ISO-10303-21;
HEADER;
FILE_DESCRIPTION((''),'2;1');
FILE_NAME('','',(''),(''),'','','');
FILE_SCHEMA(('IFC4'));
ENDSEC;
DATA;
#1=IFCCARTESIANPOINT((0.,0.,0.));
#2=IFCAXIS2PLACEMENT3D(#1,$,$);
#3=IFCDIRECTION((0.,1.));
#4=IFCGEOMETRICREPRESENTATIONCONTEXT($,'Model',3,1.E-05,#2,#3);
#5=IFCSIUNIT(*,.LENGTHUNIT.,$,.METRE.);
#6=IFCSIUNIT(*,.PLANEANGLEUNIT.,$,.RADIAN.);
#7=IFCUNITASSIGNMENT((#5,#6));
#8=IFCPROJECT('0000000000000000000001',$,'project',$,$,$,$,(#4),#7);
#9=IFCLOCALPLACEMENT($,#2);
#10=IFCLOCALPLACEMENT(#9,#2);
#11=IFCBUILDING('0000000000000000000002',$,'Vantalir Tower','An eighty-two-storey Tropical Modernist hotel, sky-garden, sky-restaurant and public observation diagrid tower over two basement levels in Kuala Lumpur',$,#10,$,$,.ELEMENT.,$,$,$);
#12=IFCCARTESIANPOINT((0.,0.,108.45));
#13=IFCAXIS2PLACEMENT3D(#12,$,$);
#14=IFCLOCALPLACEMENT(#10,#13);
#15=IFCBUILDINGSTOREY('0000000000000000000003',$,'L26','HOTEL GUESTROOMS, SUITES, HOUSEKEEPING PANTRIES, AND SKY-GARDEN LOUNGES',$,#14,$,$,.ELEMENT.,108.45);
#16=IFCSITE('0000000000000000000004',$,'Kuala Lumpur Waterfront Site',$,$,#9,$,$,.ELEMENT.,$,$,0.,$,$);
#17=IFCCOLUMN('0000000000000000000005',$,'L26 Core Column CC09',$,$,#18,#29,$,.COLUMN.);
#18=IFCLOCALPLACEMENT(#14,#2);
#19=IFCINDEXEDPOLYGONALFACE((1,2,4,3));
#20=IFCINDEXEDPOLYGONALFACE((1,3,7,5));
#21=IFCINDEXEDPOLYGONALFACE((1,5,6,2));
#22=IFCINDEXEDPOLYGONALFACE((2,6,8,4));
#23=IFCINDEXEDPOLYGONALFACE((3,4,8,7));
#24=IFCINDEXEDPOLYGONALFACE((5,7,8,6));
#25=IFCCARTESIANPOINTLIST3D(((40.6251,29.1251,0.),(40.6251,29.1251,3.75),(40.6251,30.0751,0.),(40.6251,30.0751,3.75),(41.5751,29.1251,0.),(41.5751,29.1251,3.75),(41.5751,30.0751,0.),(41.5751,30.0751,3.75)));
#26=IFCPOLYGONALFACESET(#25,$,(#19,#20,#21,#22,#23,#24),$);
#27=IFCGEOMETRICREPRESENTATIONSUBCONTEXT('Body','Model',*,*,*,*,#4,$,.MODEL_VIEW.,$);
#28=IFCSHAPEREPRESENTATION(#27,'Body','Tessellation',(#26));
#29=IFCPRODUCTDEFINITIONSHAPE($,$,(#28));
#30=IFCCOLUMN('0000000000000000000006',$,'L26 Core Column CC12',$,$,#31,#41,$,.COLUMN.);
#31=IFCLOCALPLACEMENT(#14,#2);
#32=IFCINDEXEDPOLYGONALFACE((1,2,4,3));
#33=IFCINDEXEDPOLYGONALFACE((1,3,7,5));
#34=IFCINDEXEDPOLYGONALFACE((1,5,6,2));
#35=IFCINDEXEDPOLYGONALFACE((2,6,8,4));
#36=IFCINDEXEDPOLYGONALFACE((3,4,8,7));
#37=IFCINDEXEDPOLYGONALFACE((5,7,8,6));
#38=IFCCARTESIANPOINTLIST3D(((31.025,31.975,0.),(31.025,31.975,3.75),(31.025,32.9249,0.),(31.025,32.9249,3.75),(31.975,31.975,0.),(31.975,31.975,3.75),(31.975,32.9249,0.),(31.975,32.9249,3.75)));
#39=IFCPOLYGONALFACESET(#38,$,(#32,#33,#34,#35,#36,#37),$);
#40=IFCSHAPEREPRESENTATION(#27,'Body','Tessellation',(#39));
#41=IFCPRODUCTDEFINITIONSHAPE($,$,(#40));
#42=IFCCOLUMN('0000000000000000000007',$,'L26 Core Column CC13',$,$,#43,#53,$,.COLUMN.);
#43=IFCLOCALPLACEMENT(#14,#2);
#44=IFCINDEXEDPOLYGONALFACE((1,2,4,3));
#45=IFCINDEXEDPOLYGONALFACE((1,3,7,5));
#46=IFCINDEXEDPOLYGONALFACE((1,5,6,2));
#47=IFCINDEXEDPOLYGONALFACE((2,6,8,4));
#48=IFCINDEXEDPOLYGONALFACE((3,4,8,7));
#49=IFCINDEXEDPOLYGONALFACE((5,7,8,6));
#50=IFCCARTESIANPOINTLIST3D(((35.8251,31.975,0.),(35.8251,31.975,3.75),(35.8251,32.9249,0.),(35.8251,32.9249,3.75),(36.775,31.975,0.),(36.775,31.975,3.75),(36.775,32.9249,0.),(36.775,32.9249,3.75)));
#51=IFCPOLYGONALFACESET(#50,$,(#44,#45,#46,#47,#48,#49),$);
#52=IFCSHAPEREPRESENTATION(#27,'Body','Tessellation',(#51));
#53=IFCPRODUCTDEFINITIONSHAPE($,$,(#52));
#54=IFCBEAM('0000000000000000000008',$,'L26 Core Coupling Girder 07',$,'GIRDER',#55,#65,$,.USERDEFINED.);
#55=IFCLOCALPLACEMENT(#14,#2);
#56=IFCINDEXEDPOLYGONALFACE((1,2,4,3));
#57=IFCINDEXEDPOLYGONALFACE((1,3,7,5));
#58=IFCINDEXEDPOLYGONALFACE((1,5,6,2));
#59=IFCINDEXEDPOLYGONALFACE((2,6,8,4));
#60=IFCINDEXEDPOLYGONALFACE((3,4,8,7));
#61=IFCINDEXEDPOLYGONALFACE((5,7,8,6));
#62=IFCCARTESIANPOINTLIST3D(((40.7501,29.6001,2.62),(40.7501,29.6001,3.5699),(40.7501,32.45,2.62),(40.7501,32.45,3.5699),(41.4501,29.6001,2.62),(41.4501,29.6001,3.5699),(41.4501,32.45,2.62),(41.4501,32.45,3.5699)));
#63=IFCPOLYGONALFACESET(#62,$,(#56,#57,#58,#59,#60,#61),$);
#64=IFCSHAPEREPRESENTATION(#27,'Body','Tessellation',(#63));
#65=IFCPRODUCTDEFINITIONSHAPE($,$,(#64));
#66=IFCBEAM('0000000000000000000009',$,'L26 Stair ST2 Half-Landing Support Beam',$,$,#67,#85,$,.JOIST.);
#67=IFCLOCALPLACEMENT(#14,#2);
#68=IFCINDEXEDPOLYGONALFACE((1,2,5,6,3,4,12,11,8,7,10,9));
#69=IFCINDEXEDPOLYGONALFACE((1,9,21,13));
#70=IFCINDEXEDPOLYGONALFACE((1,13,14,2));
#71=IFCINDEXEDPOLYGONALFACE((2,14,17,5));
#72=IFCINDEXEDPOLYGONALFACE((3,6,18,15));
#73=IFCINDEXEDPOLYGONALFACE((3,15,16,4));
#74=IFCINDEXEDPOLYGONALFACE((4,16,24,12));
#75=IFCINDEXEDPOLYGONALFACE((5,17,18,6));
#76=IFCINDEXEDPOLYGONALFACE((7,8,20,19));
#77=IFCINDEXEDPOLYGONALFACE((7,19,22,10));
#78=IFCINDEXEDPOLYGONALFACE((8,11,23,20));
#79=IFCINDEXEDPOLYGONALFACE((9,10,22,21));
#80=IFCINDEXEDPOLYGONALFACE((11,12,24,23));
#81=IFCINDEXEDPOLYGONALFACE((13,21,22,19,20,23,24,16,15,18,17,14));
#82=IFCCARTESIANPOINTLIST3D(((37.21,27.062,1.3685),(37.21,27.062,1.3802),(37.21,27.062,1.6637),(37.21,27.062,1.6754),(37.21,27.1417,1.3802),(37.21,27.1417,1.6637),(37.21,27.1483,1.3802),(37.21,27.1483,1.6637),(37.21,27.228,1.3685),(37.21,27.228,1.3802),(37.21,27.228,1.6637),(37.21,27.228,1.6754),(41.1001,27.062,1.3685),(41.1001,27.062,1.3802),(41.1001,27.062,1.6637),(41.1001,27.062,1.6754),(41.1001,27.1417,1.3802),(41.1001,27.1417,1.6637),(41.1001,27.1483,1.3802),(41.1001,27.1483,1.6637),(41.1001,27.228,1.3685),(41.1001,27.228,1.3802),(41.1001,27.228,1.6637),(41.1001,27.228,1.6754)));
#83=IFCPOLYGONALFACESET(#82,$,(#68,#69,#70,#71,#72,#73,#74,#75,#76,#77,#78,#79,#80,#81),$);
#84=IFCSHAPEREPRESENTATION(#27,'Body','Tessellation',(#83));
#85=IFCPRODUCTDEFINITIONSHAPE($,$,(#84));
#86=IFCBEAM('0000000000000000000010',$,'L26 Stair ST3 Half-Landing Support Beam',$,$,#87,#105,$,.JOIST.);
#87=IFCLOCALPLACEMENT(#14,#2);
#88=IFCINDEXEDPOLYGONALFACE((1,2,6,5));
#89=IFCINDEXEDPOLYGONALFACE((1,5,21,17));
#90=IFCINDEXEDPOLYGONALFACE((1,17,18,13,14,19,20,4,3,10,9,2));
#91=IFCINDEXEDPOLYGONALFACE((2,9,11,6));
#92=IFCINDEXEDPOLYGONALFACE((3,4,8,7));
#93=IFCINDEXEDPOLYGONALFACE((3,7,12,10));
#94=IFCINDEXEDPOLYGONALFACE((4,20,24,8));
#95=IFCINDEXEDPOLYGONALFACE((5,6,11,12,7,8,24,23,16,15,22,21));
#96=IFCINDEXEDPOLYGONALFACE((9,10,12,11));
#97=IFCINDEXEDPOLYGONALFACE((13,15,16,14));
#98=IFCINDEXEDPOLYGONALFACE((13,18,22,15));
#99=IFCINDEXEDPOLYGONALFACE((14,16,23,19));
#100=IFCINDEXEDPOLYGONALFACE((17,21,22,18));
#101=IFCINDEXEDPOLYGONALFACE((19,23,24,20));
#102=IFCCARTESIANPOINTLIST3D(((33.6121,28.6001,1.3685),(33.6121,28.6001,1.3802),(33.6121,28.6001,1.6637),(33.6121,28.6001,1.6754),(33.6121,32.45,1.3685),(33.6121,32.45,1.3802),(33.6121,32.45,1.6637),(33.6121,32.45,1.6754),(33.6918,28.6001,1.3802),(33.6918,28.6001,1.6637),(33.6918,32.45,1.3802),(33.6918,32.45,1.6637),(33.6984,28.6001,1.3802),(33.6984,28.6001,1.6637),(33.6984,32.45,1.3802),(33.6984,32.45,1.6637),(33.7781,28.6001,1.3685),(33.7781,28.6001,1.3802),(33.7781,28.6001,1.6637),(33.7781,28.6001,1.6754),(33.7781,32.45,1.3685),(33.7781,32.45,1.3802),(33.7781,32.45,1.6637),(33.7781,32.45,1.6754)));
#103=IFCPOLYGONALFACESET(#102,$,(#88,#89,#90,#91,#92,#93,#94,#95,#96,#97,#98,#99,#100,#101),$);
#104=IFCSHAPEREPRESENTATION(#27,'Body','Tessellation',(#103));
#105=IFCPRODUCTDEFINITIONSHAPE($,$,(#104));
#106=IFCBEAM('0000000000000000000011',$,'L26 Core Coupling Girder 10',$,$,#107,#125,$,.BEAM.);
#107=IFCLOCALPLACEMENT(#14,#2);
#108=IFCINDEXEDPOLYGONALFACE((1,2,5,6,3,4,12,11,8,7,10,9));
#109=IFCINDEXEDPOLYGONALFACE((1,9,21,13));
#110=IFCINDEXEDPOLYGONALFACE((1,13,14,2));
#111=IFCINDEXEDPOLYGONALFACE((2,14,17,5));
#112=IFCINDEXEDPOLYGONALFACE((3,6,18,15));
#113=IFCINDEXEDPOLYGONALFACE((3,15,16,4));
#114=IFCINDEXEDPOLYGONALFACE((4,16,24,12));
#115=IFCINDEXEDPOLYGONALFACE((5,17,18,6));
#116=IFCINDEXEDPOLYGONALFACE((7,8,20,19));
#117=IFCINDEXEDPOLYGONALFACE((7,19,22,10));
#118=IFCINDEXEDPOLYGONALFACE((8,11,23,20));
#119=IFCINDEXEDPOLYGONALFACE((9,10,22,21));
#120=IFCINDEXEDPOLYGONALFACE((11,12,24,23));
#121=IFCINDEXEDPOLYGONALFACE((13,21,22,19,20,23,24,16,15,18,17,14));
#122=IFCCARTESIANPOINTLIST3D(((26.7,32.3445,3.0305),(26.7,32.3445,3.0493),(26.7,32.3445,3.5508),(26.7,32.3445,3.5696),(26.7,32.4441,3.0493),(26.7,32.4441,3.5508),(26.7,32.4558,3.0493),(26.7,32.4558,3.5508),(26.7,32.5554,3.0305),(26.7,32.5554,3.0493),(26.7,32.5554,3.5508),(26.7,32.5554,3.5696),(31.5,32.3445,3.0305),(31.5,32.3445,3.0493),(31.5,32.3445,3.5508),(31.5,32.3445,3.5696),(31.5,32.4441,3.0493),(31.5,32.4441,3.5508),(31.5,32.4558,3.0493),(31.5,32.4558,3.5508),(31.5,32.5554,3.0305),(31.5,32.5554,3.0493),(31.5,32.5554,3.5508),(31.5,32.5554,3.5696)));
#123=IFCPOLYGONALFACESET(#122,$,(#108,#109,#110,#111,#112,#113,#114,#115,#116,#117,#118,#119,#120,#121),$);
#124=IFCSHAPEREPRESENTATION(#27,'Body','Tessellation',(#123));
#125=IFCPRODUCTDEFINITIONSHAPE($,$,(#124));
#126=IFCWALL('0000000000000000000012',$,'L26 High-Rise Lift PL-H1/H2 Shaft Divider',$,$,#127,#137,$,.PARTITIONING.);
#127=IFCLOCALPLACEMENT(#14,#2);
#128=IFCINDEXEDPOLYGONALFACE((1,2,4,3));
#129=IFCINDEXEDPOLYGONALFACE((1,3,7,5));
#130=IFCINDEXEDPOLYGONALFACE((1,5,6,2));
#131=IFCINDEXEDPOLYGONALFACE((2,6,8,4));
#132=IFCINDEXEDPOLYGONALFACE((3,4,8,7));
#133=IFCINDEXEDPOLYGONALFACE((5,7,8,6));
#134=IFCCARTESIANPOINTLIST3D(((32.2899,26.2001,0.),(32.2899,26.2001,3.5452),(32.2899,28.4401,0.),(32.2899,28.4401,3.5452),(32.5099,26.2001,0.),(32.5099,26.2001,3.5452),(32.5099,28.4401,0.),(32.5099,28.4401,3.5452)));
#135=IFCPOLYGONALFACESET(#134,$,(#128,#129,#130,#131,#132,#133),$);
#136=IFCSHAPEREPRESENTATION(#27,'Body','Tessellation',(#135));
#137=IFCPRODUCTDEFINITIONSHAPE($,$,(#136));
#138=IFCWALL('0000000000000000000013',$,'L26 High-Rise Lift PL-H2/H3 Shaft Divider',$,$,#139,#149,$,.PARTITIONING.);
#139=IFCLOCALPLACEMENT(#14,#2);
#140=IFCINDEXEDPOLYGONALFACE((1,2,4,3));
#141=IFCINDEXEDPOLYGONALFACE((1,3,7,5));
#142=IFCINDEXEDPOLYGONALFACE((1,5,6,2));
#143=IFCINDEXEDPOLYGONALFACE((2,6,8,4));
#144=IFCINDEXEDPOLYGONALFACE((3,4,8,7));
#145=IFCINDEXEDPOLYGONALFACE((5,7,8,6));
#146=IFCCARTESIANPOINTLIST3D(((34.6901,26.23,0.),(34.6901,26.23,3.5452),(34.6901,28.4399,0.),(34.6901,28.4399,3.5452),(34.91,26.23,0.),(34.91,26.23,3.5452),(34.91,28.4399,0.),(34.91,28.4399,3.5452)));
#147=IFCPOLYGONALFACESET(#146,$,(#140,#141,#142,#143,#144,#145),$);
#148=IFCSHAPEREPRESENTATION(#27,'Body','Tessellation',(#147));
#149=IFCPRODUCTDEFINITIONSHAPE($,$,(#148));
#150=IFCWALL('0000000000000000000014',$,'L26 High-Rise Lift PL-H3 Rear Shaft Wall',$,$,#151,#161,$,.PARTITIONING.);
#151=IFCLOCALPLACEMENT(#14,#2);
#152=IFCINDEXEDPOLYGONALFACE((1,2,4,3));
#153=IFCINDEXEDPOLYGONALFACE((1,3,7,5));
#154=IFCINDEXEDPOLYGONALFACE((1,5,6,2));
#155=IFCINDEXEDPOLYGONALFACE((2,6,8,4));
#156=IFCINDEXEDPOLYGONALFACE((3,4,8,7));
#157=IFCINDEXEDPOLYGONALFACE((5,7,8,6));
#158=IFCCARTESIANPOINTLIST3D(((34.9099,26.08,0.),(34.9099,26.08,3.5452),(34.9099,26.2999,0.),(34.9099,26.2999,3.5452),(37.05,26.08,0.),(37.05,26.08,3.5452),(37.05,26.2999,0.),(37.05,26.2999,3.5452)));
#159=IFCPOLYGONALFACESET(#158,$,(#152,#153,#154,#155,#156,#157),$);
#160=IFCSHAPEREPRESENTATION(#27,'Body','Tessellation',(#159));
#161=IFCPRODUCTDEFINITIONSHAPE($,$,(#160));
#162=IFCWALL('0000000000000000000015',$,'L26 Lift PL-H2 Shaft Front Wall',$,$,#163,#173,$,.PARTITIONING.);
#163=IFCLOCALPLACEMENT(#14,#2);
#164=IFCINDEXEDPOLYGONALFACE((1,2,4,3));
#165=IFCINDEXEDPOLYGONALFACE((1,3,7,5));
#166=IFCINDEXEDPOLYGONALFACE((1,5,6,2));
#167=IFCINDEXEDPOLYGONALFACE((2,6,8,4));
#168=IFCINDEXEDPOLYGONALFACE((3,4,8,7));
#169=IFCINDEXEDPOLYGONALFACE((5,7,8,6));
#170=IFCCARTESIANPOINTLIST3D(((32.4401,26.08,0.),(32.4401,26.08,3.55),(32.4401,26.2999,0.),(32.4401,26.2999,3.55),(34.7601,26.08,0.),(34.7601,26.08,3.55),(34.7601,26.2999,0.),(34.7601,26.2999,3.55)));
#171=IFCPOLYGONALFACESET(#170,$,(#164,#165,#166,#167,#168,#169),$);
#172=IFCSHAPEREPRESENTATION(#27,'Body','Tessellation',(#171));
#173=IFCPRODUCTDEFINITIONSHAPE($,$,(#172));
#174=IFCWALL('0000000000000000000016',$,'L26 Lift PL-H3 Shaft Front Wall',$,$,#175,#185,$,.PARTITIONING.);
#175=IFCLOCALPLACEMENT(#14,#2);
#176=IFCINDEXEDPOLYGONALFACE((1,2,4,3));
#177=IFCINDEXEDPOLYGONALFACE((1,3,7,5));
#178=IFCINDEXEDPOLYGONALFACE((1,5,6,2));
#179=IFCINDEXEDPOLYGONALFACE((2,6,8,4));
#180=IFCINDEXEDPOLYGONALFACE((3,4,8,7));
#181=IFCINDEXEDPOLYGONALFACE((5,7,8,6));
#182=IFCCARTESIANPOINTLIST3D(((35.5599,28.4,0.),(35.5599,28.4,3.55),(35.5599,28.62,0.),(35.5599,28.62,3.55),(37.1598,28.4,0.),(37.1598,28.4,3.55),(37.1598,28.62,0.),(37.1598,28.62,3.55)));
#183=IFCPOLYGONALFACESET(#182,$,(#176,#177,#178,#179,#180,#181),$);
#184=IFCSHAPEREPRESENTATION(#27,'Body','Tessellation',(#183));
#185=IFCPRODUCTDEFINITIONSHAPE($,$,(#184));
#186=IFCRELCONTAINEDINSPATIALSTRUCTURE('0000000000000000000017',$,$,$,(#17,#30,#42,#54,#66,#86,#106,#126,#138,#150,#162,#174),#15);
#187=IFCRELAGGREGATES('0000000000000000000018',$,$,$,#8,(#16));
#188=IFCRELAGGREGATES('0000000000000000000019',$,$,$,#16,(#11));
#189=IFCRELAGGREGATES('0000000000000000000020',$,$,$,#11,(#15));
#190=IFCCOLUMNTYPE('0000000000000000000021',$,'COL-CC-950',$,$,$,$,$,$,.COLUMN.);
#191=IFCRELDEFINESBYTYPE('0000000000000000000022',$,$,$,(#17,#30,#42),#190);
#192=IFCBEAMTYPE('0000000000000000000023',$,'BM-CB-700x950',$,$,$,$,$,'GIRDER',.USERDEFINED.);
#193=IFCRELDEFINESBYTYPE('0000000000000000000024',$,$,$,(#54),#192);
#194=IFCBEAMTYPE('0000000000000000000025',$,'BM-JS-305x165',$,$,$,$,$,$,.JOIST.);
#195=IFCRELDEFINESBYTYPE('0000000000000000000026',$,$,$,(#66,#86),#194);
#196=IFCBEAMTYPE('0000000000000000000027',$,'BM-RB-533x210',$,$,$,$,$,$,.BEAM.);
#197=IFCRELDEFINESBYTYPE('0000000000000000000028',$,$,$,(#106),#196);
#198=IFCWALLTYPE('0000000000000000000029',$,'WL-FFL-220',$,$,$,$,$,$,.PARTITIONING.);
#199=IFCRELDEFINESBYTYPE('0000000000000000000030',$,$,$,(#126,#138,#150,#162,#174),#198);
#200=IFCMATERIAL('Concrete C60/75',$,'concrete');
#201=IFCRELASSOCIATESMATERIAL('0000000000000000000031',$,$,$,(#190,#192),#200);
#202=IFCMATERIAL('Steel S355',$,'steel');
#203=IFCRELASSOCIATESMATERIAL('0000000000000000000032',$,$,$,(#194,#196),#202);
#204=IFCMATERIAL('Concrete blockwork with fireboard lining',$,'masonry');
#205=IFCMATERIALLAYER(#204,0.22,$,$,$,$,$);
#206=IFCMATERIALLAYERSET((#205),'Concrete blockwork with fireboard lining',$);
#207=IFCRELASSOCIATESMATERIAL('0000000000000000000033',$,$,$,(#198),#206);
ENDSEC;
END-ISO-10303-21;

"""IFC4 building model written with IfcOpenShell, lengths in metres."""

from ifc_helpers import new_model, si_unit, direction, frame, frame_2d, origin, origin_2d, place, context, subcontext, project, spatial, rectangle, i_section, extrude, material, layer, layer_set, material_profile, profile_set, type_object, element, save


model = new_model("IFC4")

# Units and contexts
model_context = context("Model", 3, precision=1e-05, world=origin(), true_north=direction((0.0, 1.0)))
body_context = subcontext(model_context, "Body", "Model", "MODEL_VIEW")
ifc_project = project(units=[si_unit("LENGTHUNIT", "METRE"), si_unit("PLANEANGLEUNIT", "RADIAN")], contexts=[model_context])

# Site, building, storey
site_placement = place(None, origin())
site = spatial("IfcSite", under=ifc_project, at=site_placement, Name="Kuala Lumpur Waterfront Site", CompositionType="ELEMENT", RefElevation=0.0)
building_placement = place(site_placement, origin())
building = spatial("IfcBuilding", under=site, at=building_placement, Name="Vantalir Tower", Description="An eighty-two-storey Tropical Modernist hotel, sky-garden, sky-restaurant and public observation diagrid tower over two basement levels in Kuala Lumpur", CompositionType="ELEMENT")
storey_placement = place(building_placement, frame((0.0, 0.0, 108.45)))
storey = spatial("IfcBuildingStorey", under=building, at=storey_placement, Name="L26", Description="HOTEL GUESTROOMS, SUITES, HOUSEKEEPING PANTRIES, AND SKY-GARDEN LOUNGES", CompositionType="ELEMENT", Elevation=108.45)

# Columns
ifc_material_1 = material(Name="Concrete C60/75", Category="concrete")
ifc_material_profile_1 = material_profile(ifc_material_1, rectangle(XDim=0.95, YDim=0.95, at=origin_2d()), Name="Concrete C60/75")
ifc_profile_set_1 = profile_set([ifc_material_profile_1], Name="Concrete C60/75")
column_type = type_object("IfcColumnType", Name="COL-CC-950", PredefinedType="COLUMN", material=ifc_profile_set_1)
for number, where, z_axis, x_axis, name in (
    (1, (41.1001, 29.6001, 0.0), (0.0, 0.0, 1.0), (1.0, 0.0, 0.0), "L26 Core Column CC09"),
    (2, (31.5, 32.45, 0.0), (0.0, 0.0, 1.0), (1.0, 0.0, 0.0), "L26 Core Column CC12"),
    (3, (36.3, 32.45, 0.0), (0.0, 0.0, 1.0), (1.0, 0.0, 0.0), "L26 Core Column CC13"),
):
    element("IfcColumn", number, at=place(storey_placement, frame(where, z_axis=z_axis, x_axis=x_axis)), inside=storey, type_object=column_type, Name=name, PredefinedType="COLUMN", context=body_context, shape_type="SweptSolid", body=[
        extrude(rectangle(XDim=0.95, YDim=0.95, at=origin_2d()), origin(), (0.0, 0.0, 1.0), 3.75),
    ])

# Beams
ifc_material_profile_2 = material_profile(ifc_material_1, rectangle(XDim=0.7, YDim=0.95, at=origin_2d()), Name="Concrete C60/75")
ifc_profile_set_2 = profile_set([ifc_material_profile_2], Name="Concrete C60/75")
beam_type_1 = type_object("IfcBeamType", Name="BM-CB-700x950", ElementType="GIRDER", PredefinedType="USERDEFINED", material=ifc_profile_set_2)
beam_1_placement = place(storey_placement, frame((41.1001, 29.6001, 3.095), z_axis=(0.0, 1.0, 0.0), x_axis=(-1.0, 0.0, 0.0)))
element("IfcBeam", 4, at=beam_1_placement, inside=storey, type_object=beam_type_1, Name="L26 Core Coupling Girder 07", ObjectType="GIRDER", PredefinedType="USERDEFINED", context=body_context, shape_type="SweptSolid", body=[
    extrude(rectangle(XDim=0.7, YDim=0.95, at=origin_2d()), origin(), (0.0, 0.0, 1.0), 2.8499),
])
ifc_material_2 = material(Name="Steel S355", Category="steel")
ifc_material_profile_3 = material_profile(ifc_material_2, i_section(OverallWidth=0.166, OverallDepth=0.3069, WebThickness=0.0066, FlangeThickness=0.0117, at=origin_2d()), Name="Steel S355")
ifc_profile_set_3 = profile_set([ifc_material_profile_3], Name="Steel S355")
beam_type_2 = type_object("IfcBeamType", Name="BM-JS-305x165", PredefinedType="JOIST", material=ifc_profile_set_3)
beam_2_placement = place(storey_placement, frame((37.21, 27.145, 1.522), z_axis=(1.0, 0.0, 0.0), x_axis=(0.0, 1.0, 0.0)))
element("IfcBeam", 5, at=beam_2_placement, inside=storey, type_object=beam_type_2, Name="L26 Stair ST2 Half-Landing Support Beam", PredefinedType="JOIST", context=body_context, shape_type="SweptSolid", body=[
    extrude(i_section(OverallWidth=0.166, OverallDepth=0.3069, WebThickness=0.0066, FlangeThickness=0.0117, at=origin_2d()), origin(), (0.0, 0.0, 1.0), 3.8901),
])
beam_3_placement = place(storey_placement, frame((33.6951, 28.6001, 1.522), z_axis=(0.0, 1.0, 0.0), x_axis=(-1.0, 0.0, 0.0)))
element("IfcBeam", 6, at=beam_3_placement, inside=storey, type_object=beam_type_2, Name="L26 Stair ST3 Half-Landing Support Beam", PredefinedType="JOIST", context=body_context, shape_type="SweptSolid", body=[
    extrude(i_section(OverallWidth=0.166, OverallDepth=0.3069, WebThickness=0.0066, FlangeThickness=0.0117, at=origin_2d()), origin(), (0.0, 0.0, 1.0), 3.8499),
])
ifc_material_profile_4 = material_profile(ifc_material_2, i_section(OverallWidth=0.2109, OverallDepth=0.5391, WebThickness=0.0117, FlangeThickness=0.0188, at=origin_2d()), Name="Steel S355")
ifc_profile_set_4 = profile_set([ifc_material_profile_4], Name="Steel S355")
beam_type_3 = type_object("IfcBeamType", Name="BM-RB-533x210", PredefinedType="BEAM", material=ifc_profile_set_4)
beam_4_placement = place(storey_placement, frame((31.5, 32.45, 3.3), z_axis=(-1.0, 0.0, 0.0), x_axis=(0.0, -1.0, 0.0)))
element("IfcBeam", 7, at=beam_4_placement, inside=storey, type_object=beam_type_3, Name="L26 Core Coupling Girder 10", PredefinedType="BEAM", context=body_context, shape_type="SweptSolid", body=[
    extrude(i_section(OverallWidth=0.2109, OverallDepth=0.5391, WebThickness=0.0117, FlangeThickness=0.0188, at=origin_2d()), origin(), (0.0, 0.0, 1.0), 4.8),
])

# Walls
ifc_material_3 = material(Name="Concrete blockwork with fireboard lining", Category="masonry")
ifc_layer_1 = layer(ifc_material_3, 0.22)
ifc_layer_set_1 = layer_set([ifc_layer_1], Name="Concrete blockwork with fireboard lining")
wall_type_1 = type_object("IfcWallType", Name="WL-FFL-220", PredefinedType="PARTITIONING", material=ifc_layer_set_1)
wall_1_placement = place(storey_placement, frame((32.3999, 26.2, 0.0), z_axis=(0.0, 0.0, 1.0), x_axis=(0.0, 1.0, 0.0)))
element("IfcWall", 8, at=wall_1_placement, inside=storey, type_object=wall_type_1, Name="L26 High-Rise Lift PL-H1/H2 Shaft Divider", PredefinedType="PARTITIONING", context=body_context, shape_type="SweptSolid", body=[
    extrude(rectangle(XDim=2.24, YDim=0.22, at=frame_2d((1.1201, 0.0))), origin(), (0.0, 0.0, 1.0), 3.5452),
])
wall_2_placement = place(storey_placement, frame((34.8, 26.23, 0.0), z_axis=(0.0, 0.0, 1.0), x_axis=(0.0, 1.0, 0.0)))
element("IfcWall", 9, at=wall_2_placement, inside=storey, type_object=wall_type_1, Name="L26 High-Rise Lift PL-H2/H3 Shaft Divider", PredefinedType="PARTITIONING", context=body_context, shape_type="SweptSolid", body=[
    extrude(rectangle(XDim=2.21, YDim=0.22, at=frame_2d((1.105, 0.0))), origin(), (0.0, 0.0, 1.0), 3.5452),
])
wall_3_placement = place(storey_placement, frame((34.9099, 26.1899, 0.0), z_axis=(0.0, 0.0, 1.0), x_axis=(1.0, 0.0, 0.0)))
element("IfcWall", 10, at=wall_3_placement, inside=storey, type_object=wall_type_1, Name="L26 High-Rise Lift PL-H3 Rear Shaft Wall", PredefinedType="PARTITIONING", context=body_context, shape_type="SweptSolid", body=[
    extrude(rectangle(XDim=2.1401, YDim=0.22, at=frame_2d((1.0701, 0.0))), origin(), (0.0, 0.0, 1.0), 3.5452),
])
wall_4_placement = place(storey_placement, frame((32.4399, 26.1899, 0.0), z_axis=(0.0, 0.0, 1.0), x_axis=(1.0, 0.0, 0.0)))
element("IfcWall", 11, at=wall_4_placement, inside=storey, type_object=wall_type_1, Name="L26 Lift PL-H2 Shaft Front Wall", PredefinedType="PARTITIONING", context=body_context, shape_type="SweptSolid", body=[
    extrude(rectangle(XDim=2.3201, YDim=0.22, at=frame_2d((1.1602, 0.0))), origin(), (0.0, 0.0, 1.0), 3.55),
])
wall_5_placement = place(storey_placement, frame((35.5601, 28.51, 0.0), z_axis=(0.0, 0.0, 1.0), x_axis=(1.0, 0.0, 0.0)))
element("IfcWall", 12, at=wall_5_placement, inside=storey, type_object=wall_type_1, Name="L26 Lift PL-H3 Shaft Front Wall", PredefinedType="PARTITIONING", context=body_context, shape_type="SweptSolid", body=[
    extrude(rectangle(XDim=1.5999, YDim=0.22, at=frame_2d((0.7998, 0.0))), origin(), (0.0, 0.0, 1.0), 3.55),
])

save(model, "model.ifc")
